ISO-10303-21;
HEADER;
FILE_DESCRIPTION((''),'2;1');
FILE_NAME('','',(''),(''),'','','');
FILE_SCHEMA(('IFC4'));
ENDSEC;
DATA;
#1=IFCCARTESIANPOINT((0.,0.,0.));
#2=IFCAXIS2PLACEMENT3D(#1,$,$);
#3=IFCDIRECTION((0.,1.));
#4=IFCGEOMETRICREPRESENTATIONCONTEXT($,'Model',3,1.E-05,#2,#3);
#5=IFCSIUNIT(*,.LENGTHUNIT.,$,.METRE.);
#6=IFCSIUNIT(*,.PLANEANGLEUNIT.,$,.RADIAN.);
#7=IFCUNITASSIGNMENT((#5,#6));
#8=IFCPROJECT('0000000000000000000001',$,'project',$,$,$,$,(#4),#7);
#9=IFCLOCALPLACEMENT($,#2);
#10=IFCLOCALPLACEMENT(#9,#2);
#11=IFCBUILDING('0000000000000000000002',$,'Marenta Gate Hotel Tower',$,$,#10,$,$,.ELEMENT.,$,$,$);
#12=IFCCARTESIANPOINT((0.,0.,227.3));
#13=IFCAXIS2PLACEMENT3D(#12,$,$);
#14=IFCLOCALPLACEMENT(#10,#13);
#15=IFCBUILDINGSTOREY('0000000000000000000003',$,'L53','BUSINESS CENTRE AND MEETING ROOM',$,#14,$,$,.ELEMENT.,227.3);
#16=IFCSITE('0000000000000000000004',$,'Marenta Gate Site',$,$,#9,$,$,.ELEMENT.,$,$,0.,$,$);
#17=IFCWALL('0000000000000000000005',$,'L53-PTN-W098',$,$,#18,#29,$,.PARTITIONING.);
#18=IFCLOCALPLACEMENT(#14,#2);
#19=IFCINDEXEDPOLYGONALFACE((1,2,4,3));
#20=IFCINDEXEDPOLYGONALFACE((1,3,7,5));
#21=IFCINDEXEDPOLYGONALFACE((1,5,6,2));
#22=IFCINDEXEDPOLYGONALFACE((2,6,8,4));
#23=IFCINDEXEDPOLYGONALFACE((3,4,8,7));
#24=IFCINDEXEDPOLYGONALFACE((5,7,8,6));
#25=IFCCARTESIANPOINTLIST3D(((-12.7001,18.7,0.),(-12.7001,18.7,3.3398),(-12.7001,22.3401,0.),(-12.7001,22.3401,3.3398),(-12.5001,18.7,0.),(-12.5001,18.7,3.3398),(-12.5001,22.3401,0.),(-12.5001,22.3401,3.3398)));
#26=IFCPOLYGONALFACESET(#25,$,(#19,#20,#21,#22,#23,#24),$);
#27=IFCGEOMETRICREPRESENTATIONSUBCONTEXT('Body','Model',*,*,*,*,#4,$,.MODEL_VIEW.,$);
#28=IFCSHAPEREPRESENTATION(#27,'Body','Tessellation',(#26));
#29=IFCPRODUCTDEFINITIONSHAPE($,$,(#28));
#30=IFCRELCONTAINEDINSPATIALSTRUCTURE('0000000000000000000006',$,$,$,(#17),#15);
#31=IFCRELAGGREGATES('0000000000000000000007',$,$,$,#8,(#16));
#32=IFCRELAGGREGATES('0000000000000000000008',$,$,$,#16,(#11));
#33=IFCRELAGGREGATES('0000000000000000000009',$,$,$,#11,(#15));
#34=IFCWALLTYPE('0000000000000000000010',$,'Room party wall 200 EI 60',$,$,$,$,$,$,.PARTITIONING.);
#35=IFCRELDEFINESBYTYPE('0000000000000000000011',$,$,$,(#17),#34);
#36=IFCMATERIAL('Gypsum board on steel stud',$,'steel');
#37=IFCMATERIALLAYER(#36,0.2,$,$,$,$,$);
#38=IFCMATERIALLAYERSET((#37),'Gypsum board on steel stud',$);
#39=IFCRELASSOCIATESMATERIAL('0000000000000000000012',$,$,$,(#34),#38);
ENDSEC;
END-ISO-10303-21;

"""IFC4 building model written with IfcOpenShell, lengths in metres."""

from ifc_helpers import new_model, si_unit, direction, frame, frame_2d, origin, place, context, subcontext, project, spatial, rectangle, extrude, material, layer, layer_set, type_object, element, save


model = new_model("IFC4")

# Units and contexts
model_context = context("Model", 3, precision=1e-05, world=origin(), true_north=direction((0.0, 1.0)))
body_context = subcontext(model_context, "Body", "Model", "MODEL_VIEW")
ifc_project = project(units=[si_unit("LENGTHUNIT", "METRE"), si_unit("PLANEANGLEUNIT", "RADIAN")], contexts=[model_context])

# Site, building, storey
site_placement = place(None, origin())
site = spatial("IfcSite", under=ifc_project, at=site_placement, Name="Marenta Gate Site", CompositionType="ELEMENT", RefElevation=0.0)
building_placement = place(site_placement, origin())
building = spatial("IfcBuilding", under=site, at=building_placement, Name="Marenta Gate Hotel Tower", CompositionType="ELEMENT")
storey_placement = place(building_placement, frame((0.0, 0.0, 227.3)))
storey = spatial("IfcBuildingStorey", under=building, at=storey_placement, Name="L53", Description="BUSINESS CENTRE AND MEETING ROOM", CompositionType="ELEMENT", Elevation=227.3)

# Wall
ifc_material_1 = material(Name="Gypsum board on steel stud", Category="steel")
ifc_layer_1 = layer(ifc_material_1, 0.2)
ifc_layer_set_1 = layer_set([ifc_layer_1], Name="Gypsum board on steel stud")
wall_type_1 = type_object("IfcWallType", Name="Room party wall 200 EI 60", PredefinedType="PARTITIONING", material=ifc_layer_set_1)
wall_1_placement = place(storey_placement, frame((-12.6001, 18.7, 0.0), z_axis=(0.0, 0.0, 1.0), x_axis=(0.0, 1.0, 0.0)))
element("IfcWall", 1, at=wall_1_placement, inside=storey, type_object=wall_type_1, Name="L53-PTN-W098", PredefinedType="PARTITIONING", context=body_context, shape_type="SweptSolid", body=[
    extrude(rectangle(XDim=3.6401, YDim=0.2, at=frame_2d((1.8201, 0.0))), origin(), (0.0, 0.0, 1.0), 3.3398),
])

save(model, "model.ifc")
